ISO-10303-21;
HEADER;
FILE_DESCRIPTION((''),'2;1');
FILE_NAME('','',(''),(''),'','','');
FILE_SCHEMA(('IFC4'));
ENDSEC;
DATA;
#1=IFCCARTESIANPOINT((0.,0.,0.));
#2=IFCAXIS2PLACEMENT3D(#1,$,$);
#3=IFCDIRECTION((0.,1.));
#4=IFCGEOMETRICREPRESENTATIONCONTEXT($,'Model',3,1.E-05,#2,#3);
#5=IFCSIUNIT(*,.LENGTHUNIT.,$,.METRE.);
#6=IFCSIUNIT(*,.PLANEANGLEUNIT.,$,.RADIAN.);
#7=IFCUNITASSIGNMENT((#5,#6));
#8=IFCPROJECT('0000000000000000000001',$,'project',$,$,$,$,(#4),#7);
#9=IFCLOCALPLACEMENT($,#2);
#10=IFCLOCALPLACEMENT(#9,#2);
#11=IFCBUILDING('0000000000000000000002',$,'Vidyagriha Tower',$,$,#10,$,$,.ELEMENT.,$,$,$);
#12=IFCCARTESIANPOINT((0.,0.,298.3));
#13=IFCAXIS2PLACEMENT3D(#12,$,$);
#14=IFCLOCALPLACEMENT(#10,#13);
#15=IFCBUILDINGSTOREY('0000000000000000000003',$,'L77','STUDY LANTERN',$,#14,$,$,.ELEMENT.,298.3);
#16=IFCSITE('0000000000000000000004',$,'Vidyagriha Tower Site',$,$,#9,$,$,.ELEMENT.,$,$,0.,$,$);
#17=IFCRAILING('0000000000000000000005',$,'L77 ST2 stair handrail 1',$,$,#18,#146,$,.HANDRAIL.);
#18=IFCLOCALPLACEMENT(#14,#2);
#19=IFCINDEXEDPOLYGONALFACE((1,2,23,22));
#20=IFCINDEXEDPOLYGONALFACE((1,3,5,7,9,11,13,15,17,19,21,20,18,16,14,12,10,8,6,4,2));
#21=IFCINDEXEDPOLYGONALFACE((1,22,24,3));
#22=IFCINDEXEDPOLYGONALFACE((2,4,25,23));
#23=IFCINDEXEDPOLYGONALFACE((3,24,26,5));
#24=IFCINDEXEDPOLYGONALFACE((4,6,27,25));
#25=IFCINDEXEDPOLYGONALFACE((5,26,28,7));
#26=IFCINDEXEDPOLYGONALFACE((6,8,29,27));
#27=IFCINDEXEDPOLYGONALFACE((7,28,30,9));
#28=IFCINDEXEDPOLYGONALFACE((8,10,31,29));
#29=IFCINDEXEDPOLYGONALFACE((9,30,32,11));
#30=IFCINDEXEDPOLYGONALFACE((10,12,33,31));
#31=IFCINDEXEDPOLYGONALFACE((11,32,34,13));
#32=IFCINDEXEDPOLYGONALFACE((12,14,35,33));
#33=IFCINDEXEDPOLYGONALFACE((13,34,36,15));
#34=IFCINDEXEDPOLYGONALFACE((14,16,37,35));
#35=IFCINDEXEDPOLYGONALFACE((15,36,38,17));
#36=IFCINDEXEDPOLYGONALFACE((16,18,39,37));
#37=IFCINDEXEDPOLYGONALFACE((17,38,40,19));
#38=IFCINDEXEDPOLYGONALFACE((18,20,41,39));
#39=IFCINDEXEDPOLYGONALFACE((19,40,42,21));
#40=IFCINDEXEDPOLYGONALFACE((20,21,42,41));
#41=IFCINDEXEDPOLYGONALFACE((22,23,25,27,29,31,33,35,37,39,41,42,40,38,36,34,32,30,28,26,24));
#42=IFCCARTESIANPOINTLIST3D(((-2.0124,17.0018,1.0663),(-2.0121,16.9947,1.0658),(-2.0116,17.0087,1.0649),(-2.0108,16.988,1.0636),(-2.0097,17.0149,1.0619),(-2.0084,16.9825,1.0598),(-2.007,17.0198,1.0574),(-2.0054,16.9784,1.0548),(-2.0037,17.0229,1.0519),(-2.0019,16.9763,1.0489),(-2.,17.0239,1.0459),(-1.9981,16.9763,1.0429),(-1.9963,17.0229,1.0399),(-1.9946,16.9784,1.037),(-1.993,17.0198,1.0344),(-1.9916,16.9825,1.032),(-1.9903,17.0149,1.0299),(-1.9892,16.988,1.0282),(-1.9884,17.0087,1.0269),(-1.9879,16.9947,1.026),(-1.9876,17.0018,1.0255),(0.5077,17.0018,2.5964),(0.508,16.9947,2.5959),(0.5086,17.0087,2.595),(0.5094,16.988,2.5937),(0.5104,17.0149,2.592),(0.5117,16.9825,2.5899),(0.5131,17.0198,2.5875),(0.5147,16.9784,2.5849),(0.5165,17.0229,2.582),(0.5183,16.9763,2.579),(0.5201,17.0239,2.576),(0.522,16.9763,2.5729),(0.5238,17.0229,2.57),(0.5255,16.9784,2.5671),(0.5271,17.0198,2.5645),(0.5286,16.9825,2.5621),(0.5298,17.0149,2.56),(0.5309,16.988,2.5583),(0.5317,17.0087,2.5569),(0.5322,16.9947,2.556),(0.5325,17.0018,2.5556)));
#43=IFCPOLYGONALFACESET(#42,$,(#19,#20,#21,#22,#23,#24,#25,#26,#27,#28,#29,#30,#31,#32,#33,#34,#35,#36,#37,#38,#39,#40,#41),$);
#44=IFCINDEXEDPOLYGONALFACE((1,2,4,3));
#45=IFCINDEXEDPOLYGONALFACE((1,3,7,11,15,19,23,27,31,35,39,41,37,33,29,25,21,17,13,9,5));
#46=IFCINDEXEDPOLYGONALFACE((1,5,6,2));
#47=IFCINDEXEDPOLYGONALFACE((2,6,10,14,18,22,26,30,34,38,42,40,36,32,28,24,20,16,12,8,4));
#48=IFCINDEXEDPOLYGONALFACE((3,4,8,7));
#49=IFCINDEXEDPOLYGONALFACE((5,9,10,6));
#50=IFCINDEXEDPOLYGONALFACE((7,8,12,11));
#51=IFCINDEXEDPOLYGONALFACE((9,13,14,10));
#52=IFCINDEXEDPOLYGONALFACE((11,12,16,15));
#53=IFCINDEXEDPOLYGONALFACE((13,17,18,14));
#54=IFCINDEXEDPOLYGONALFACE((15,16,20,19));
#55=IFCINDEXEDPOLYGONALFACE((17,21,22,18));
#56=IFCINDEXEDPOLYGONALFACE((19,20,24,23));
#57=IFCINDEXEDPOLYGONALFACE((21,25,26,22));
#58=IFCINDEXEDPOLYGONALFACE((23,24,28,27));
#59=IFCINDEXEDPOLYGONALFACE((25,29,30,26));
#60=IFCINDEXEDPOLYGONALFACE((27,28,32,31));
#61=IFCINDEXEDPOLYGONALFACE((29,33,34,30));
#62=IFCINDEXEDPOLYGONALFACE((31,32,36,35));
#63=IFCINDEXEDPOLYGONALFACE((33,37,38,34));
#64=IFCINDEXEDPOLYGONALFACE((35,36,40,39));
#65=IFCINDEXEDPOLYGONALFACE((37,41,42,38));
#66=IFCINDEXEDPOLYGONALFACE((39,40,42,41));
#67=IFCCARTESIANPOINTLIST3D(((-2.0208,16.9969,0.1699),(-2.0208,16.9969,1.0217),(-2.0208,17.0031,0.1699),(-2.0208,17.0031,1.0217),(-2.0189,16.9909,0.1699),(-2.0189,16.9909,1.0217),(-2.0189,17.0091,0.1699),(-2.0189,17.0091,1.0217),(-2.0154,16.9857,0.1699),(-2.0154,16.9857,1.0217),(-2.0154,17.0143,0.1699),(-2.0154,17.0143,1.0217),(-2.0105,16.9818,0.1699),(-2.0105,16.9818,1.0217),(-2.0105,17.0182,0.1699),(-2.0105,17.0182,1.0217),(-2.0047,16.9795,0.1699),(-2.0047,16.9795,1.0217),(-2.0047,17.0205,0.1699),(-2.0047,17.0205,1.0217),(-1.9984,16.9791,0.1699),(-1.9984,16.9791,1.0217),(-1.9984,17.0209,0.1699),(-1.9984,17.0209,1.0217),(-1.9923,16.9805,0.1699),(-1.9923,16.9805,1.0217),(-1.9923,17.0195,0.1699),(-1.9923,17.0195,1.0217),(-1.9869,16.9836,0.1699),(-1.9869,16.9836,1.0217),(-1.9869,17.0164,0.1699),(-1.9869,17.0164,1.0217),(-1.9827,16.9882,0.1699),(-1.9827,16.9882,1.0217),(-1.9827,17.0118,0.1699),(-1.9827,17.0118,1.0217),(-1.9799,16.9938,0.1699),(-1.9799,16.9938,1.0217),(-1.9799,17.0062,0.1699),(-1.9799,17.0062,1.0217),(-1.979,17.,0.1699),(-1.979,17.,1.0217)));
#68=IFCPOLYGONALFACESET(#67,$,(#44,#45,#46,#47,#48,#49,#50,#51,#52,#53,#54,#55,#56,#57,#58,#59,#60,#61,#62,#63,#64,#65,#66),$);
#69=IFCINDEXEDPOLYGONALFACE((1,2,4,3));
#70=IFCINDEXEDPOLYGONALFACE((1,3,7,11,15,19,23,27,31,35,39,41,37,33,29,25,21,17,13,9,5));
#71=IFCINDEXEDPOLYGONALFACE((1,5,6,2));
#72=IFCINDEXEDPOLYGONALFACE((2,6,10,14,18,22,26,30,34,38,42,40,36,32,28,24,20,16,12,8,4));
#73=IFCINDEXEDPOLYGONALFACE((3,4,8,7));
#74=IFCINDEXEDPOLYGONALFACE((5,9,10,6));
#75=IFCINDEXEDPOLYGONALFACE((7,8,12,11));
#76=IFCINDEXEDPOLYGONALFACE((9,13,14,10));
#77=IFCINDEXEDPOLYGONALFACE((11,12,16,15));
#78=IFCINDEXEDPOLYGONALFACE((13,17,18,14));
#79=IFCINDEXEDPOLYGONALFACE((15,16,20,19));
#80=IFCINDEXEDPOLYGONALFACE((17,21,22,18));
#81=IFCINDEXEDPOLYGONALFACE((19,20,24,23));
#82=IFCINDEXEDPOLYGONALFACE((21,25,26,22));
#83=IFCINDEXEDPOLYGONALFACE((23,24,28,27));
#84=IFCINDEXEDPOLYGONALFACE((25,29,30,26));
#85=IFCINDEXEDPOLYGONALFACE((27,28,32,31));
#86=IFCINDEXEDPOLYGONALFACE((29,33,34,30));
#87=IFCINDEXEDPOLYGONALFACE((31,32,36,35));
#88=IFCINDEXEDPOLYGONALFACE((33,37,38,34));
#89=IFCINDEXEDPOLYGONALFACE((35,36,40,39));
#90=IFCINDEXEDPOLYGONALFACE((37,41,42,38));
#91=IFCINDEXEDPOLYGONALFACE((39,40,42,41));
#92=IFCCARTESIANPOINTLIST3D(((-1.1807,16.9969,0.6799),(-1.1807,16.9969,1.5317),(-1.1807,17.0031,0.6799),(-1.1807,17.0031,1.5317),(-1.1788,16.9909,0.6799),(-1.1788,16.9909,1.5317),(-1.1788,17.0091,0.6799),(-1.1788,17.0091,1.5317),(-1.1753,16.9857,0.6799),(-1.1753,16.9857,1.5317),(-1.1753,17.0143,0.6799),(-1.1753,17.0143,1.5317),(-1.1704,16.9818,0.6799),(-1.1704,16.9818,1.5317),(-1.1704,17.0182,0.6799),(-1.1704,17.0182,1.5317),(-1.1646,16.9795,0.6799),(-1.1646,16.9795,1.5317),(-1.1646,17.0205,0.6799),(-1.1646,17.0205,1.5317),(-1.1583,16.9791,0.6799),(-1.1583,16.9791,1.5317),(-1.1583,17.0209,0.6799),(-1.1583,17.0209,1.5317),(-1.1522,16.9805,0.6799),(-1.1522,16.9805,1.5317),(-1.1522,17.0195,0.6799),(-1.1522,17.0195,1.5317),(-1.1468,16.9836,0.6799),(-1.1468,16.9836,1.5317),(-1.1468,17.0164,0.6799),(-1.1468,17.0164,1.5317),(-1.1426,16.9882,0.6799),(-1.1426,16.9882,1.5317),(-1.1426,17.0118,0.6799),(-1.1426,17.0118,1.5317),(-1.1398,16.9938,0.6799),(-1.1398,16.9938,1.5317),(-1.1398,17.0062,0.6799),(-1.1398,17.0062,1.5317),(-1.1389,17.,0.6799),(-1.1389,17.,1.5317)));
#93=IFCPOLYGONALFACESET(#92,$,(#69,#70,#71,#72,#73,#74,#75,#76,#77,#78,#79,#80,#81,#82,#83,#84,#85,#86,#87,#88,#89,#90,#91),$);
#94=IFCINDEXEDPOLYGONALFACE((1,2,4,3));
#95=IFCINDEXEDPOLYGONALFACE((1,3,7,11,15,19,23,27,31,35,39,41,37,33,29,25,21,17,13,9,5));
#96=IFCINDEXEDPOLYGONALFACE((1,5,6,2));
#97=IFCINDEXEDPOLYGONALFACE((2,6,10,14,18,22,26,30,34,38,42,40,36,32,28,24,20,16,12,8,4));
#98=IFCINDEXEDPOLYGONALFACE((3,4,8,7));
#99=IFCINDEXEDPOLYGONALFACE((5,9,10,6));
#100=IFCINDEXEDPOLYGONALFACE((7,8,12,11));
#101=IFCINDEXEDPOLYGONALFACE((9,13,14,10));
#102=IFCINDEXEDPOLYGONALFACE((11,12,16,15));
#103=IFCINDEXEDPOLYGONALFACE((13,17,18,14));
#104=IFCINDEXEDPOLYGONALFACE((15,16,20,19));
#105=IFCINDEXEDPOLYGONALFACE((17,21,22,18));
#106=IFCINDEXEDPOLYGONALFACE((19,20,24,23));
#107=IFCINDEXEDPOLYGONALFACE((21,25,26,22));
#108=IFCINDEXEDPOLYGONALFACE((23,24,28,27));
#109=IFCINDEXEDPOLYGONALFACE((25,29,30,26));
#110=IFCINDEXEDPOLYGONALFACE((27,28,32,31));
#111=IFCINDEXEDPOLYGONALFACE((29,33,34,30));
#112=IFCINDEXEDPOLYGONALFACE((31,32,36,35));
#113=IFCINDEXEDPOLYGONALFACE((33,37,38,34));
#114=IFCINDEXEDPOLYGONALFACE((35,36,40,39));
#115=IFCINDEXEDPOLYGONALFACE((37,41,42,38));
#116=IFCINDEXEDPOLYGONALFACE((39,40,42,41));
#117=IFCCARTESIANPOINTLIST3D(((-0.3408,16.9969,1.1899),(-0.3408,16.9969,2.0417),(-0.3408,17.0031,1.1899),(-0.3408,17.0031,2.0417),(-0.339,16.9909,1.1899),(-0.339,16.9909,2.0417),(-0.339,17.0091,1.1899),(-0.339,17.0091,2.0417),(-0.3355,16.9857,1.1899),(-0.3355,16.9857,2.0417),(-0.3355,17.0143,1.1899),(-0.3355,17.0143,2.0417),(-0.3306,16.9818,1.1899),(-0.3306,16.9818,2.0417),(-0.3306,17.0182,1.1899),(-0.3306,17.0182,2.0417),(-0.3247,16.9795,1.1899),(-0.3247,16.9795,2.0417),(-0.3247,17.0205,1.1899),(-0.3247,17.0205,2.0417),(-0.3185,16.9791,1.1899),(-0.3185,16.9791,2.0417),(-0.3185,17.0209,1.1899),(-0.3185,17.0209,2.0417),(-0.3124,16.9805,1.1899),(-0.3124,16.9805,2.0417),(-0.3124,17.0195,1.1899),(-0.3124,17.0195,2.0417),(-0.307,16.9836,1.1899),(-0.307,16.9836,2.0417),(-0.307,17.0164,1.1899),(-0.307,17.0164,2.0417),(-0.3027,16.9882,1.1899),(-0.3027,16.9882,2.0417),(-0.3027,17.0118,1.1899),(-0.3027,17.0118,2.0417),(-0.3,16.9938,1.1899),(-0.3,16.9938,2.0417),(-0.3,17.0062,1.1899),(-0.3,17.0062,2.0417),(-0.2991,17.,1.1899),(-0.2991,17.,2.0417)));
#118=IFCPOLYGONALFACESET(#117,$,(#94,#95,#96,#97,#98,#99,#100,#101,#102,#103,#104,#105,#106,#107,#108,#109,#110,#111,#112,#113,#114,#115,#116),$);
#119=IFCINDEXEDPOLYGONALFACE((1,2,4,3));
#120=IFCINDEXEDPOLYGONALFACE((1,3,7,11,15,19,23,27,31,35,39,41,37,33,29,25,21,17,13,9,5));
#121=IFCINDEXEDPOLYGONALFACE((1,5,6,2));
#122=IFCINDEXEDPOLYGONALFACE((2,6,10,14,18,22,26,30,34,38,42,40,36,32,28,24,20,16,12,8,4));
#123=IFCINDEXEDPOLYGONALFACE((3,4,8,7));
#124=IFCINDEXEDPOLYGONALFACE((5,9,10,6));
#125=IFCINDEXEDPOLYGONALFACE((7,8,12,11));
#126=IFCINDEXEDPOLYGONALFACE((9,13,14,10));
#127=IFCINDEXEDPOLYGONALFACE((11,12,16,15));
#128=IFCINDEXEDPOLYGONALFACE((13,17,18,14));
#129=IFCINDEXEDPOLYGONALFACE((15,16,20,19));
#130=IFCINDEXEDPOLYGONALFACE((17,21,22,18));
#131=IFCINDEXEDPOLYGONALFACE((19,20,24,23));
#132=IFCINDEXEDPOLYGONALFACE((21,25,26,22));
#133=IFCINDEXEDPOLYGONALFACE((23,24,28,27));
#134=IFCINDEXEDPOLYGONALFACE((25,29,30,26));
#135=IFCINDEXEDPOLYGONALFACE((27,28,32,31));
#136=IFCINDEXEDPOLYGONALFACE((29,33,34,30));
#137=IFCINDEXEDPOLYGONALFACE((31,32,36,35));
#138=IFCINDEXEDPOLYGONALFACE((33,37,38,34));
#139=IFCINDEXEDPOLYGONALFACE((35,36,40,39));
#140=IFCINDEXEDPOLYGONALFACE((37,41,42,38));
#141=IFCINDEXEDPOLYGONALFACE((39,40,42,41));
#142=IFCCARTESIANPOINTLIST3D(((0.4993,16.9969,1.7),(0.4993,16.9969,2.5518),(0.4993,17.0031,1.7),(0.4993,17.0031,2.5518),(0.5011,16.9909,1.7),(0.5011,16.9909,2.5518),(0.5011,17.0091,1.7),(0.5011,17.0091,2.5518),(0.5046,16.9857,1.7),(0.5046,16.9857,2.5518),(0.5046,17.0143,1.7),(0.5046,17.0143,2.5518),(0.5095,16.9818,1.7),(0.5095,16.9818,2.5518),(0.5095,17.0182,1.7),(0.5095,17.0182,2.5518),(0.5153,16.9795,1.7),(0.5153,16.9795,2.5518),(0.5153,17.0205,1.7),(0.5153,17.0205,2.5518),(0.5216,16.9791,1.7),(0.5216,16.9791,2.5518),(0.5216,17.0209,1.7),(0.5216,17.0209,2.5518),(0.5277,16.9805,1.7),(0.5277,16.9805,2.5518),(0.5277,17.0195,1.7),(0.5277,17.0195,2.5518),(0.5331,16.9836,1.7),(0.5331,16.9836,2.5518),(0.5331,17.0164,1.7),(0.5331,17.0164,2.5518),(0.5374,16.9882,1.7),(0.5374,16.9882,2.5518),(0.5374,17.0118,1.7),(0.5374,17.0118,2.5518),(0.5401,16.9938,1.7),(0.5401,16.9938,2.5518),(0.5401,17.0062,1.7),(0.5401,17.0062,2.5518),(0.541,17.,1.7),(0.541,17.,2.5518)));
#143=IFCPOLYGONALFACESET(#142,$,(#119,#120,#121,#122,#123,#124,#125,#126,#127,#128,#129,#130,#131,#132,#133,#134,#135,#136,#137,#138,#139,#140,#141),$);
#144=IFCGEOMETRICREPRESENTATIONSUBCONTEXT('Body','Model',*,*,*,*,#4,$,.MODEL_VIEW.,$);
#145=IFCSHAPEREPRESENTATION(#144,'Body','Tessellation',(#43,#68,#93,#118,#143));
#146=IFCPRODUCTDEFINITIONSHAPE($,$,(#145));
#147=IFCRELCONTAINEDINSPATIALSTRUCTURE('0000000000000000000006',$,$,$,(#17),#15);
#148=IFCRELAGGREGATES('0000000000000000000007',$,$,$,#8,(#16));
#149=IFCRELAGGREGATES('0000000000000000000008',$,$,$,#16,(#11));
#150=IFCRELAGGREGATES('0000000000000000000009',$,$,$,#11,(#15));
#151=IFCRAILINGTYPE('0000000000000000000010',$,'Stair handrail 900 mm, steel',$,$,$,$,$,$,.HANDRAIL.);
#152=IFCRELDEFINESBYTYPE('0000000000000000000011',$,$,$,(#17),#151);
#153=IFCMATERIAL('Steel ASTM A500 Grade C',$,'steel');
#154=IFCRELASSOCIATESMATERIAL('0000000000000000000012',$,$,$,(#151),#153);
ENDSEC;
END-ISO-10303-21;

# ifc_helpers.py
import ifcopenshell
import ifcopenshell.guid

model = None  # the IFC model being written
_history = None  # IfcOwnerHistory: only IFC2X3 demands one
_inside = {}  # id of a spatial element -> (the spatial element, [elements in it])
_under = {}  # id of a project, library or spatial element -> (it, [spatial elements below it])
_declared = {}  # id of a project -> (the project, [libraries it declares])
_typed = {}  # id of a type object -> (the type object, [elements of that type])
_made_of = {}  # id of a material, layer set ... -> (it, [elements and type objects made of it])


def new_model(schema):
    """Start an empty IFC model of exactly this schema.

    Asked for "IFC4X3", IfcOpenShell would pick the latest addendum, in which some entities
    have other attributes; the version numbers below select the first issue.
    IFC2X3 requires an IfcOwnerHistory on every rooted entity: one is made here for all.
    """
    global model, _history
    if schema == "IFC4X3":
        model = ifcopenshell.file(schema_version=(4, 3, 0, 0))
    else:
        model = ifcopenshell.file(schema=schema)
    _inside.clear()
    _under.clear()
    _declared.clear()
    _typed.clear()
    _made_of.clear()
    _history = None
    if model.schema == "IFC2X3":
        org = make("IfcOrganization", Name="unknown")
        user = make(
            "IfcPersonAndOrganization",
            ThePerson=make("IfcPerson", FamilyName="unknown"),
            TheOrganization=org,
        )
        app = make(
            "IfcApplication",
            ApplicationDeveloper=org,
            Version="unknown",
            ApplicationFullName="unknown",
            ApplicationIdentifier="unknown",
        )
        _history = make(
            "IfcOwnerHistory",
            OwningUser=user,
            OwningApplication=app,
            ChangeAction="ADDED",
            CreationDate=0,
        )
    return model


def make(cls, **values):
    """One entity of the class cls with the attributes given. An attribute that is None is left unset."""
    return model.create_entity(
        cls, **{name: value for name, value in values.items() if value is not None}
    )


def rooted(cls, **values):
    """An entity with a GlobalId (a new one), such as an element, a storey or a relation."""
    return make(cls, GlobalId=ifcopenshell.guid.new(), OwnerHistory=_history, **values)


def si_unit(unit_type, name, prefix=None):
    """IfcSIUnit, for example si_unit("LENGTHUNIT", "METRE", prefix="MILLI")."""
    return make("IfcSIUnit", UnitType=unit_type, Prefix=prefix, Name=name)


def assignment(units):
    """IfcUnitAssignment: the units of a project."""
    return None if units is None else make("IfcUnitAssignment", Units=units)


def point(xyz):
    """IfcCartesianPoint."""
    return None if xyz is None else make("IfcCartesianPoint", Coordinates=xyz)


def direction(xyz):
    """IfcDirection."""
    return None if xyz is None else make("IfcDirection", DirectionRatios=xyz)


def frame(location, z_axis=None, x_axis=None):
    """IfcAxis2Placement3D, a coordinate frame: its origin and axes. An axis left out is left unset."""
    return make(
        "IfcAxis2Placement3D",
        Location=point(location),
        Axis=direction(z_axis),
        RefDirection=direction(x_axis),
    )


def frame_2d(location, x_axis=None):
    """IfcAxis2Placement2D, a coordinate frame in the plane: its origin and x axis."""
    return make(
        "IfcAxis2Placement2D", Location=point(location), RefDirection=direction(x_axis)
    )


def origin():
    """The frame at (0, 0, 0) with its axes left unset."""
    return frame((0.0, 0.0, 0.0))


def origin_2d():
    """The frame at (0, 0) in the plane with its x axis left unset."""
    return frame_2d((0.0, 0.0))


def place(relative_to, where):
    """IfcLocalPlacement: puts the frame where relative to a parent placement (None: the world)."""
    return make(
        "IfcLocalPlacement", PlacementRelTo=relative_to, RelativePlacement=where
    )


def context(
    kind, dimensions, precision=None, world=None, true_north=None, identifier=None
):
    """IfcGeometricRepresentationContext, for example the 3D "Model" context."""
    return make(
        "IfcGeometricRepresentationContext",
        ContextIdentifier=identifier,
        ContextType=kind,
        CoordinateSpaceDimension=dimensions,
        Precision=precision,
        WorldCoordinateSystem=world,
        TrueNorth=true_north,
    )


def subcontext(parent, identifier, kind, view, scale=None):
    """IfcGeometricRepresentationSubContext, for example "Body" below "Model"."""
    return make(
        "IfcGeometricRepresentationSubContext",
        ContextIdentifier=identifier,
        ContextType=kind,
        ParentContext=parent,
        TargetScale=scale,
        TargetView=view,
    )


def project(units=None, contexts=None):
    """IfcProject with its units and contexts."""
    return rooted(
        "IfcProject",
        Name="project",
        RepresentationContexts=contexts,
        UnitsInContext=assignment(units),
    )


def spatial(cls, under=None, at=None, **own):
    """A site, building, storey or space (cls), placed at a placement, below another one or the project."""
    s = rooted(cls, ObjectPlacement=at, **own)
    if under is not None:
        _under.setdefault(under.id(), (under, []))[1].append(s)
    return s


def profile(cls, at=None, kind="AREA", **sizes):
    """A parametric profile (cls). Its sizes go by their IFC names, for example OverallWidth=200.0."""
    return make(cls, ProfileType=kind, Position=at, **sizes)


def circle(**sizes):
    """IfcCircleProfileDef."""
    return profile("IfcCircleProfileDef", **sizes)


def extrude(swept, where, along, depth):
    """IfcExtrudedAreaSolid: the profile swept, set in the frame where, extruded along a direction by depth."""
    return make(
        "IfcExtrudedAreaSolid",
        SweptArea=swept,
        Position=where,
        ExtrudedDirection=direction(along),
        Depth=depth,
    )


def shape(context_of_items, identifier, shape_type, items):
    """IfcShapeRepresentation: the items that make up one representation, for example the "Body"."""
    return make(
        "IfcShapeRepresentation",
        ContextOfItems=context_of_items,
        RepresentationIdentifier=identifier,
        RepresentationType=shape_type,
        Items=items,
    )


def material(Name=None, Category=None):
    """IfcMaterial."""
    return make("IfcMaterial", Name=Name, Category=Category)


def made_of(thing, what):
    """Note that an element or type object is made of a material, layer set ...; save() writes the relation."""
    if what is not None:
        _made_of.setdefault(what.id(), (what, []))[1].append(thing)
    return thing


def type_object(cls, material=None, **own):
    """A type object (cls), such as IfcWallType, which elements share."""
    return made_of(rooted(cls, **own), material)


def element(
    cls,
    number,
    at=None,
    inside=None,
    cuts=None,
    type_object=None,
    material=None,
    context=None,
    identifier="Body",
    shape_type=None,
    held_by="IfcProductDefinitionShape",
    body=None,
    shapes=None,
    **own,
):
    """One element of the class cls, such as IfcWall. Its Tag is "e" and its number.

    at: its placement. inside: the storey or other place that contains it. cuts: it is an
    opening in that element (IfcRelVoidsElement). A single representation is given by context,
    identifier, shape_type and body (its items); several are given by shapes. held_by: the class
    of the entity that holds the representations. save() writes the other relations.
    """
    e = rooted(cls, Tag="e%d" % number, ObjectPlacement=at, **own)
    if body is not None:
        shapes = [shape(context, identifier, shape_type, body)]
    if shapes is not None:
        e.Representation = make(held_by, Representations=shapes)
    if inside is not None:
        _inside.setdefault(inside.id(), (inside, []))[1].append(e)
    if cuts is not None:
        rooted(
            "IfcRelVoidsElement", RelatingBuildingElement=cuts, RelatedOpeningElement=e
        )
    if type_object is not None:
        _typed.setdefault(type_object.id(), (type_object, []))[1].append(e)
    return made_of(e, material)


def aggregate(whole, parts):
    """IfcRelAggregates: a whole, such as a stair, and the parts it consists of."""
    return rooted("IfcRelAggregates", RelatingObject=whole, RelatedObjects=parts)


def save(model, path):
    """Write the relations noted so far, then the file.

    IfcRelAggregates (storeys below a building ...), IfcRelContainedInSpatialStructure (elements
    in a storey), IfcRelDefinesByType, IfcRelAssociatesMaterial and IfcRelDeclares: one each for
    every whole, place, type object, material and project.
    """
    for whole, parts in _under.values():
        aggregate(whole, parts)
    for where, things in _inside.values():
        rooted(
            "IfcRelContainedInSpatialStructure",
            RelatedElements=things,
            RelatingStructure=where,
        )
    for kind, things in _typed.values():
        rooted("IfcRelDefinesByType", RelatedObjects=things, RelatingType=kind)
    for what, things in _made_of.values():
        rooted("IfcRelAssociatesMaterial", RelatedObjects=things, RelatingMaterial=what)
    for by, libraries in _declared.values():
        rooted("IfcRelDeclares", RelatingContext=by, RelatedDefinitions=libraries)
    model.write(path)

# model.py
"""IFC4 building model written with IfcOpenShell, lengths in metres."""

from ifc_helpers import new_model, si_unit, direction, frame, origin, origin_2d, place, context, subcontext, project, spatial, circle, extrude, material, type_object, element, save


model = new_model("IFC4")

# Units and contexts
model_context = context("Model", 3, precision=1e-05, world=origin(), true_north=direction((0.0, 1.0)))
body_context = subcontext(model_context, "Body", "Model", "MODEL_VIEW")
ifc_project = project(units=[si_unit("LENGTHUNIT", "METRE"), si_unit("PLANEANGLEUNIT", "RADIAN")], contexts=[model_context])

# Site, building, storey
site_placement = place(None, origin())
site = spatial("IfcSite", under=ifc_project, at=site_placement, Name="Vidyagriha Tower Site", CompositionType="ELEMENT", RefElevation=0.0)
building_placement = place(site_placement, origin())
building = spatial("IfcBuilding", under=site, at=building_placement, Name="Vidyagriha Tower", CompositionType="ELEMENT")
storey_placement = place(building_placement, frame((0.0, 0.0, 298.3)))
storey = spatial("IfcBuildingStorey", under=building, at=storey_placement, Name="L77", Description="STUDY LANTERN", CompositionType="ELEMENT", Elevation=298.3)

# Railing
ifc_material_1 = material(Name="Steel ASTM A500 Grade C", Category="steel")
railing_type_1 = type_object("IfcRailingType", Name="Stair handrail 900 mm, steel", PredefinedType="HANDRAIL", material=ifc_material_1)
railing_1_placement = place(storey_placement, frame((-2.0, 17.0, 0.1699)))
element("IfcRailing", 1, at=railing_1_placement, inside=storey, type_object=railing_type_1, Name="L77 ST2 stair handrail 1", PredefinedType="HANDRAIL", context=body_context, shape_type="SweptSolid", body=[
    extrude(circle(Radius=0.0239, at=origin_2d()), frame((0.0, 0.0, 0.876), z_axis=(0.854785, 0.0, 0.518982), x_axis=(0.0, 1.0, 0.0)), (0.0, 0.0, 1.0), 2.9482),
    extrude(circle(Radius=0.021, at=origin_2d()), origin(), (0.0, 0.0, 1.0), 0.8518),
    extrude(circle(Radius=0.021, at=origin_2d()), frame((0.8401, 0.0, 0.51)), (0.0, 0.0, 1.0), 0.8518),
    extrude(circle(Radius=0.021, at=origin_2d()), frame((1.6799, 0.0, 1.02)), (0.0, 0.0, 1.0), 0.8518),
    extrude(circle(Radius=0.021, at=origin_2d()), frame((2.52, 0.0, 1.53)), (0.0, 0.0, 1.0), 0.8518),
])

save(model, "model.ifc")
